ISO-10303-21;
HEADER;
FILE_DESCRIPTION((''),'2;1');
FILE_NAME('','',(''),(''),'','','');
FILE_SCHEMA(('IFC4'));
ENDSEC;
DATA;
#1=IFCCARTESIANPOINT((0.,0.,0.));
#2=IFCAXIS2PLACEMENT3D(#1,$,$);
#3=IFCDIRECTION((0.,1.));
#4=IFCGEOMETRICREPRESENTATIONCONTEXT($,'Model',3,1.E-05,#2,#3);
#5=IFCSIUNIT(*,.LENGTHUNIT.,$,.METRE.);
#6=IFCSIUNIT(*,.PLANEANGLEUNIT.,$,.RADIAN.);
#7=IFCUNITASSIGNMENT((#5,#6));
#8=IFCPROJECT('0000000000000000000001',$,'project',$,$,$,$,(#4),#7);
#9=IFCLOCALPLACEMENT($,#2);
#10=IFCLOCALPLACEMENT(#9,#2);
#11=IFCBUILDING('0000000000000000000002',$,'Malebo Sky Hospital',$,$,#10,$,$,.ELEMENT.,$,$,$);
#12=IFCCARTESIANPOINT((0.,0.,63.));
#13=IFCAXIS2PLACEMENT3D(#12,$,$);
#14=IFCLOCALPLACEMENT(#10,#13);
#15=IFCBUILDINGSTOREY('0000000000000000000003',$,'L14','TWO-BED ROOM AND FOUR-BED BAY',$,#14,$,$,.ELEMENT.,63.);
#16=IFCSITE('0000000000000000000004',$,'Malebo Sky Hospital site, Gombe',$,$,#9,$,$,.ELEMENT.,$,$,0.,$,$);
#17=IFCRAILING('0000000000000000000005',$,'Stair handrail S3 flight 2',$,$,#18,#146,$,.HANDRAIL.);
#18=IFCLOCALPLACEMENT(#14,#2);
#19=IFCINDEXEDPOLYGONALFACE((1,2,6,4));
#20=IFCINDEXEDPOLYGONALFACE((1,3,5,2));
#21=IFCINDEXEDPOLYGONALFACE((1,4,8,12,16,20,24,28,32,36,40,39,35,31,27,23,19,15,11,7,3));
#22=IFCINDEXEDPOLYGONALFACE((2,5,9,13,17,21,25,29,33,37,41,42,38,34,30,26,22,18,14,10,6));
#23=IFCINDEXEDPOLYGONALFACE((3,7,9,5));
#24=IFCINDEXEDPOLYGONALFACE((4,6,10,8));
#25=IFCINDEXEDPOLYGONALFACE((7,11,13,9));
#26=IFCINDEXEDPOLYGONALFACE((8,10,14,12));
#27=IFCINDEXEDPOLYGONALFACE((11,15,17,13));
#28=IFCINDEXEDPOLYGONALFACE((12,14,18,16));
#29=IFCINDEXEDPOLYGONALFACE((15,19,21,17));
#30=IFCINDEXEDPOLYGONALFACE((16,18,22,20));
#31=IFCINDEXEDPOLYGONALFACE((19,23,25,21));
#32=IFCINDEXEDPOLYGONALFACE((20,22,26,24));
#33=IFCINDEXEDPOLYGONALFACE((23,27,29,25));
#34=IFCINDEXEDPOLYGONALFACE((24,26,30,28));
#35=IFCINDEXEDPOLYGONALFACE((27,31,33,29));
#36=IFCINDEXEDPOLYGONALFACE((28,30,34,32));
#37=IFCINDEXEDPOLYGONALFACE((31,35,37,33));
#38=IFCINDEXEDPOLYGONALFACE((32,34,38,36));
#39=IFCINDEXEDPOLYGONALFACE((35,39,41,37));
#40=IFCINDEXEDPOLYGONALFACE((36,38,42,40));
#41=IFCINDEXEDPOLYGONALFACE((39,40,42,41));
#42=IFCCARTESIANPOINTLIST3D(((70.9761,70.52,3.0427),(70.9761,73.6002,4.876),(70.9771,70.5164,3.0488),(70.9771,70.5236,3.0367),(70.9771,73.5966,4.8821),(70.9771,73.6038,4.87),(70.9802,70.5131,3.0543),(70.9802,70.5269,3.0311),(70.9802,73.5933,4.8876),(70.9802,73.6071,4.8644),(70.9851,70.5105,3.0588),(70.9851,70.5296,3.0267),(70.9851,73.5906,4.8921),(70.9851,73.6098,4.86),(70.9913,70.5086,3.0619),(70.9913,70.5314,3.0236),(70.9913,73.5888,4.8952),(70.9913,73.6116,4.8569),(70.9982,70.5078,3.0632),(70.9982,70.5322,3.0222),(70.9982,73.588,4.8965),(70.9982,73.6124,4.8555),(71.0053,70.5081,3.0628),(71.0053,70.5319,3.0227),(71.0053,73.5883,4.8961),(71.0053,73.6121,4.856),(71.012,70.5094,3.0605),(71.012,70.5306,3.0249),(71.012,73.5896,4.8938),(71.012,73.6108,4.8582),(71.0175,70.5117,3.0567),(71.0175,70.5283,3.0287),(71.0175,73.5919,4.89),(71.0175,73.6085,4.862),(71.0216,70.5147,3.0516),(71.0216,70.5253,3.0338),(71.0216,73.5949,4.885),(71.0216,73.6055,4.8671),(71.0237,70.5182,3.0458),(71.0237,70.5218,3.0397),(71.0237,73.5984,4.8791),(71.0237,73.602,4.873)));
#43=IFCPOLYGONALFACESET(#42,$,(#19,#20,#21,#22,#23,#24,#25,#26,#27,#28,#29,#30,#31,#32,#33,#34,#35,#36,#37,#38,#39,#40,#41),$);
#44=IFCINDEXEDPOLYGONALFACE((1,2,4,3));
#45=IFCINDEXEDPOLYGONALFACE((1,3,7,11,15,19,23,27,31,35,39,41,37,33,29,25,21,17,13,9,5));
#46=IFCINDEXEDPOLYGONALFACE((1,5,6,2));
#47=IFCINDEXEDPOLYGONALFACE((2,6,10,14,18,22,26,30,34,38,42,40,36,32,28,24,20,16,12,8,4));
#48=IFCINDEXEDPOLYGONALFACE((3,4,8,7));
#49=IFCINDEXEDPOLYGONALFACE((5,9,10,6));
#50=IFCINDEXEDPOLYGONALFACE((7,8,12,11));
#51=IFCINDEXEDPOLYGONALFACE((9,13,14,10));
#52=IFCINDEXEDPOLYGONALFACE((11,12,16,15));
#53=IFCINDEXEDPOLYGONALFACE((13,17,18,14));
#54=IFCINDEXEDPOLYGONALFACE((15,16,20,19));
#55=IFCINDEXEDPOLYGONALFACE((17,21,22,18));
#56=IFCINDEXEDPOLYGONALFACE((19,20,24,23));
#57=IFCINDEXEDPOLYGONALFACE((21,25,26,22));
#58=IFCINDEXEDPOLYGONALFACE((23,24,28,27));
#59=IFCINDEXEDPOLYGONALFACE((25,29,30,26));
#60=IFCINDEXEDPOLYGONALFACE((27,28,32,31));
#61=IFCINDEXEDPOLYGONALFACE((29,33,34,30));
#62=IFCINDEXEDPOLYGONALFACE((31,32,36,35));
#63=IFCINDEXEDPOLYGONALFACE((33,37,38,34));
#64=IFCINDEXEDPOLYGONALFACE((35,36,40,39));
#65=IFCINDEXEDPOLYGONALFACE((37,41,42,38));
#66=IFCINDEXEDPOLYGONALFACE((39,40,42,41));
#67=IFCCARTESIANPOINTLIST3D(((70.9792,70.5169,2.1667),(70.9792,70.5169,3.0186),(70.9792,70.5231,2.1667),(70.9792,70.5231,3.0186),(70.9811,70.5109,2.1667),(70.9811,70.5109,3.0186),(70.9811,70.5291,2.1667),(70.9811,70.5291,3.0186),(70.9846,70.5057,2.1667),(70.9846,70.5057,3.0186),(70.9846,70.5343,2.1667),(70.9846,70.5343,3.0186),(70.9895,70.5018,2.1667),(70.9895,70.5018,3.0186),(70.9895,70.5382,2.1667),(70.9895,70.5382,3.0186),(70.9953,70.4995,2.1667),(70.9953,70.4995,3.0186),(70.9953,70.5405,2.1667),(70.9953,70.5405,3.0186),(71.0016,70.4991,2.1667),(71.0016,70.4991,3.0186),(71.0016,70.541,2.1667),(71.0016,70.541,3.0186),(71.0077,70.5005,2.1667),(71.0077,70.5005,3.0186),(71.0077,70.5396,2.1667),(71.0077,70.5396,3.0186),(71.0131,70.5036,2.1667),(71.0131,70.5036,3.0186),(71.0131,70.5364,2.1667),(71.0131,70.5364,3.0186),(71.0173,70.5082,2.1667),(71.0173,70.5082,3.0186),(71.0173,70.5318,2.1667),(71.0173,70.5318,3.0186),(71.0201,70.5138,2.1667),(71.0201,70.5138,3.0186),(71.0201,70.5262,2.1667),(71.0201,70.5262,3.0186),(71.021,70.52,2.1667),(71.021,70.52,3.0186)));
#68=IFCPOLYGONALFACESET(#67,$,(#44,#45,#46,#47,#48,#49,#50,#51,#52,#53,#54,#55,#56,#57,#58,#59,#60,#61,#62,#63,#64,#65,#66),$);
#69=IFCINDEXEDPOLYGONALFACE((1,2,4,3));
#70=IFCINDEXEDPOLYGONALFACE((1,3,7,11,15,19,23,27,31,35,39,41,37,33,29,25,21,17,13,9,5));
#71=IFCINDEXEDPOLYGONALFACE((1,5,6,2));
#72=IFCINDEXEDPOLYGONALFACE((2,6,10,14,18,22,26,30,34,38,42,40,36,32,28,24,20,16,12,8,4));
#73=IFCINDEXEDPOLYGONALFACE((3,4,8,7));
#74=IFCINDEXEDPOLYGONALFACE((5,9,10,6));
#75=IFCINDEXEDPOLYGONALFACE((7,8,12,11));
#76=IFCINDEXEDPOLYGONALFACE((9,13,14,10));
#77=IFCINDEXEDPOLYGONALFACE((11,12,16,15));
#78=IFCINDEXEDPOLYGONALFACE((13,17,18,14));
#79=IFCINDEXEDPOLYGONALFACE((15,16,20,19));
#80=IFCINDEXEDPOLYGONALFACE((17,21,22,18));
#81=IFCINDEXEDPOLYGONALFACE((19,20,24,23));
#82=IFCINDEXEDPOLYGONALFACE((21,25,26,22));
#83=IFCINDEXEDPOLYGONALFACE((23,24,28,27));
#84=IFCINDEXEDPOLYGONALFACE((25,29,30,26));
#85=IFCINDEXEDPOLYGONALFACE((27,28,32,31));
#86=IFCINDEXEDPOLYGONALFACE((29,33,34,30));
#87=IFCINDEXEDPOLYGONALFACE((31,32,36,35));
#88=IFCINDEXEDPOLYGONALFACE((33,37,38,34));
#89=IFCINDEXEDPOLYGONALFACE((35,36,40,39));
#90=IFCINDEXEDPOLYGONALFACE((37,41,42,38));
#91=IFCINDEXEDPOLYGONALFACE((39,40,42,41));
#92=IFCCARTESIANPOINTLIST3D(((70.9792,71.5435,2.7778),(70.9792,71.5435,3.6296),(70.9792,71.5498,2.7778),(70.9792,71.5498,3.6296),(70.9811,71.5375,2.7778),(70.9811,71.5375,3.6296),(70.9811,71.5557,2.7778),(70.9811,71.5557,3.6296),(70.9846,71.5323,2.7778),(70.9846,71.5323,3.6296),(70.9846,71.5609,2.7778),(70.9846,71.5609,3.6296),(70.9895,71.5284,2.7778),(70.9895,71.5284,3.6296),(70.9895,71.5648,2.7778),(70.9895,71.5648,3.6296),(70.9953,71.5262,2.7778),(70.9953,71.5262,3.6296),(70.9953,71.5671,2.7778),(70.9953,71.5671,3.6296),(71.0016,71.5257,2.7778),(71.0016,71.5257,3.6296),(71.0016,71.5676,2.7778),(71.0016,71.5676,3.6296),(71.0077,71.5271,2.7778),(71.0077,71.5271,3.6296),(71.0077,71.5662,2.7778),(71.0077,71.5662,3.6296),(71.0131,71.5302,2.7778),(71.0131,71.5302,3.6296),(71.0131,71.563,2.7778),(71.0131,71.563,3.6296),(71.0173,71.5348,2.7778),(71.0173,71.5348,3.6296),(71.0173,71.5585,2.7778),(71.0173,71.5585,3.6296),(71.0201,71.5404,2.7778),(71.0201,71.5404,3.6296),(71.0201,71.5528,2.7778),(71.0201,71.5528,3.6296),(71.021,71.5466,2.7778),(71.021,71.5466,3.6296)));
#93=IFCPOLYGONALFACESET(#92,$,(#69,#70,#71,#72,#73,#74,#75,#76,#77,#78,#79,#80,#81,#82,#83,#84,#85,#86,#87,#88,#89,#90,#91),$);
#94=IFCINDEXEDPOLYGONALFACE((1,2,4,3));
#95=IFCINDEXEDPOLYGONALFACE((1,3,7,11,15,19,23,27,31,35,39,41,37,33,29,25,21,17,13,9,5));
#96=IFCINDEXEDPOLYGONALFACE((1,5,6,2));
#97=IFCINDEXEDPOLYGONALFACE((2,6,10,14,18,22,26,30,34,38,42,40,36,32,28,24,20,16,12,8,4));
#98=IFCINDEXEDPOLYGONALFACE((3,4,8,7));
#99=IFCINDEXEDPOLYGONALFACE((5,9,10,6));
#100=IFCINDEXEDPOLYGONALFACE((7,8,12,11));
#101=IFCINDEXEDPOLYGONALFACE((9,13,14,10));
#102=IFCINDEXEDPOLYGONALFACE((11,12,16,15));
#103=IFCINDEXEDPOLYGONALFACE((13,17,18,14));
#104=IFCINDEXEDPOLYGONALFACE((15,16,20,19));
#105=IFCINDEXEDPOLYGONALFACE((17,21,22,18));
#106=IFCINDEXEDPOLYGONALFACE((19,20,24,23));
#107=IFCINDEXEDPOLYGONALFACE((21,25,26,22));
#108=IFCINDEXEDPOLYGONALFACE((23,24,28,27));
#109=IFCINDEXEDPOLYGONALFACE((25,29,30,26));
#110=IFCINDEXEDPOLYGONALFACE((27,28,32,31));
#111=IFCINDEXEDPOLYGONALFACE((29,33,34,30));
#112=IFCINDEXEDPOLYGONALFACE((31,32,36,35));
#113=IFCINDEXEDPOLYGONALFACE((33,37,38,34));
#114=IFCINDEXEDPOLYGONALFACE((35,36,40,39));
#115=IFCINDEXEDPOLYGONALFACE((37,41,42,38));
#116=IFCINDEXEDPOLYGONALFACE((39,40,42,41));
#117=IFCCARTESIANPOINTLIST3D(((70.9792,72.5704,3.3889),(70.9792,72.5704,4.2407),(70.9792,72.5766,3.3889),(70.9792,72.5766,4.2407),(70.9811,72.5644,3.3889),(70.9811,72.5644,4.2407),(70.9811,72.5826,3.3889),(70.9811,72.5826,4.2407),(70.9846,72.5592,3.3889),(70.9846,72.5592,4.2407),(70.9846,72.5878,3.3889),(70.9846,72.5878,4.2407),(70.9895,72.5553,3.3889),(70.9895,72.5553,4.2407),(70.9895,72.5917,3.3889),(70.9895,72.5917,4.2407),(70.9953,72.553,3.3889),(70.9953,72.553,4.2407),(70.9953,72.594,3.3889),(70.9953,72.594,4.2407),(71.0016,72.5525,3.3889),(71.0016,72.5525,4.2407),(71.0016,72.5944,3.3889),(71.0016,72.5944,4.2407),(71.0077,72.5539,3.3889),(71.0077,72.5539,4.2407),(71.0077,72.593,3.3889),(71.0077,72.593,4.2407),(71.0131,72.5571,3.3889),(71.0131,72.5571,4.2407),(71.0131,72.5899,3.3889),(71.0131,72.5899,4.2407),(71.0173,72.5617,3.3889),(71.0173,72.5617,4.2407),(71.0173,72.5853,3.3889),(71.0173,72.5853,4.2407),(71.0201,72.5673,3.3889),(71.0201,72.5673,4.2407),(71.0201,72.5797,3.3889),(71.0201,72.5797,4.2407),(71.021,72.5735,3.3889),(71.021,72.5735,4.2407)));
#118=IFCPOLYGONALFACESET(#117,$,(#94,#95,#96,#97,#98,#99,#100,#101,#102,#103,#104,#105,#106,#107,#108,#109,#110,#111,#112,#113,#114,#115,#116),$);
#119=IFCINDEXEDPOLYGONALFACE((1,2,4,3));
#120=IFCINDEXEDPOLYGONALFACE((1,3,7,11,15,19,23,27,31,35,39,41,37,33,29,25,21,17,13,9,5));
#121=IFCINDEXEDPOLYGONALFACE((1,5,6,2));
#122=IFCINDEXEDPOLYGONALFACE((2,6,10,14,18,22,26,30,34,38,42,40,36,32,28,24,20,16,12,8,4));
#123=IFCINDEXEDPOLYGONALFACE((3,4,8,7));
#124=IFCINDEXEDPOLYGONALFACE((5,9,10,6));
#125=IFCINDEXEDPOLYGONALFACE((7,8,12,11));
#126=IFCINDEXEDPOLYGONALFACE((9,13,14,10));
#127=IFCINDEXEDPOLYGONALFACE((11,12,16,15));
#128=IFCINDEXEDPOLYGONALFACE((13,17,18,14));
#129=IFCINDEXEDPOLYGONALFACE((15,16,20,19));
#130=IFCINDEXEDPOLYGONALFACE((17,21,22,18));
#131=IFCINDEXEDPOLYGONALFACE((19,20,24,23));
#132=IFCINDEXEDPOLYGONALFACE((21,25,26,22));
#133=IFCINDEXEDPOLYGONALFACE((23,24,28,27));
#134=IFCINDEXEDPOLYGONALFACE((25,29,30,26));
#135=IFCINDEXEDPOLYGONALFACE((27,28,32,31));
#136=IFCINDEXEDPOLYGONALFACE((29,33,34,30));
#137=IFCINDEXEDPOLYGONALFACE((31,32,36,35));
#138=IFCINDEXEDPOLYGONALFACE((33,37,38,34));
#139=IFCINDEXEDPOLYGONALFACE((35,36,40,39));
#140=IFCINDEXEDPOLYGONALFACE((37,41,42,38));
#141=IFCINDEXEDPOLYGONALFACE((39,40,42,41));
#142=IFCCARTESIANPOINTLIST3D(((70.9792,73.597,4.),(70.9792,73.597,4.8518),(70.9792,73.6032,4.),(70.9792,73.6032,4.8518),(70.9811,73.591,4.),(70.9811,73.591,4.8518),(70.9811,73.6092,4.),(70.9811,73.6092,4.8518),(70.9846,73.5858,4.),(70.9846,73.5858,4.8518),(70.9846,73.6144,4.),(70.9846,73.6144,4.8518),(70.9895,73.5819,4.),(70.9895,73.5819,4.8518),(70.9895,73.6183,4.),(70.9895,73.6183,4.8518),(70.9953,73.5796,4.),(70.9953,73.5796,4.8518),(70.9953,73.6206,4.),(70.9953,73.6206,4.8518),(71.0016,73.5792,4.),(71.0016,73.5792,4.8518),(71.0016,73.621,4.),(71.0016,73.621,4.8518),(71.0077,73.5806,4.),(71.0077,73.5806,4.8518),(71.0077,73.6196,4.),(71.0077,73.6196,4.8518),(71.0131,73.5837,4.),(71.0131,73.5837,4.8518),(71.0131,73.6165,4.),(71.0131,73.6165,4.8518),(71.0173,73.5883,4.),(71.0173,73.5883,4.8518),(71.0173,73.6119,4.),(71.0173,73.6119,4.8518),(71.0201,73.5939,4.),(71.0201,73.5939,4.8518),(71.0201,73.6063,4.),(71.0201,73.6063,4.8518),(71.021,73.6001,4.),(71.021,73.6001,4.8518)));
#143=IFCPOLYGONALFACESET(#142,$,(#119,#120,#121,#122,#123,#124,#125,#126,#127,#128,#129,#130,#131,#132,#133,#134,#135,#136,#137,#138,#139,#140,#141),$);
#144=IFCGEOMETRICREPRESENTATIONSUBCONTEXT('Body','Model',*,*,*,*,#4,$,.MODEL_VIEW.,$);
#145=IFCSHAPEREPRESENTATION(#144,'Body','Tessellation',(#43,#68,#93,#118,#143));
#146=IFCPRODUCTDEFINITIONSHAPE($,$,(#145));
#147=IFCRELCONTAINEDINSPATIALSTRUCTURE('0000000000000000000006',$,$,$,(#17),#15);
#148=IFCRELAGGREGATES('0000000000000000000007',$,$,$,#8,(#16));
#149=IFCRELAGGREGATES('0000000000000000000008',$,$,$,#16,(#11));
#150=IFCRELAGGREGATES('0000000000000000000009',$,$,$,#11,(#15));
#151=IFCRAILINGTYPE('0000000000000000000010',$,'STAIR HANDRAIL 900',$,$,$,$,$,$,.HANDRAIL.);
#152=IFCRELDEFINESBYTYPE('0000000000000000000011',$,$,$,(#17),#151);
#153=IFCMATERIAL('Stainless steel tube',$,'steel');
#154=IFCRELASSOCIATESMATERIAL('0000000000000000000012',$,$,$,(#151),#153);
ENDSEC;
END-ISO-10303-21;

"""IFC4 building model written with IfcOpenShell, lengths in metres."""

from ifc_helpers import new_model, si_unit, direction, frame, origin, origin_2d, place, context, subcontext, project, spatial, circle, extrude, material, type_object, element, save


model = new_model("IFC4")

# Units and contexts
model_context = context("Model", 3, precision=1e-05, world=origin(), true_north=direction((0.0, 1.0)))
body_context = subcontext(model_context, "Body", "Model", "MODEL_VIEW")
ifc_project = project(units=[si_unit("LENGTHUNIT", "METRE"), si_unit("PLANEANGLEUNIT", "RADIAN")], contexts=[model_context])

# Site, building, storey
site_placement = place(None, origin())
site = spatial("IfcSite", under=ifc_project, at=site_placement, Name="Malebo Sky Hospital site, Gombe", CompositionType="ELEMENT", RefElevation=0.0)
building_placement = place(site_placement, origin())
building = spatial("IfcBuilding", under=site, at=building_placement, Name="Malebo Sky Hospital", CompositionType="ELEMENT")
storey_placement = place(building_placement, frame((0.0, 0.0, 63.0)))
storey = spatial("IfcBuildingStorey", under=building, at=storey_placement, Name="L14", Description="TWO-BED ROOM AND FOUR-BED BAY", CompositionType="ELEMENT", Elevation=63.0)

# Railing
ifc_material_1 = material(Name="Stainless steel tube", Category="steel")
railing_type = type_object("IfcRailingType", Name="STAIR HANDRAIL 900", PredefinedType="HANDRAIL", material=ifc_material_1)
railing_1_placement = place(storey_placement, frame((71.0, 70.52, 2.1667)))
element("IfcRailing", 1, at=railing_1_placement, inside=storey, type_object=railing_type, Name="Stair handrail S3 flight 2", PredefinedType="HANDRAIL", context=body_context, shape_type="SweptSolid", body=[
    extrude(circle(Radius=0.0239, at=origin_2d()), frame((0.0, 0.0, 0.876), z_axis=(0.0, 0.859309, 0.511458), x_axis=(-1.0, 0.0, 0.0)), (0.0, 0.0, 1.0), 3.5845),
    extrude(circle(Radius=0.021, at=origin_2d()), origin(), (0.0, 0.0, 1.0), 0.8518),
    extrude(circle(Radius=0.021, at=origin_2d()), frame((0.0, 1.0266, 0.6111)), (0.0, 0.0, 1.0), 0.8518),
    extrude(circle(Radius=0.021, at=origin_2d()), frame((0.0, 2.0535, 1.2222)), (0.0, 0.0, 1.0), 0.8518),
    extrude(circle(Radius=0.021, at=origin_2d()), frame((0.0, 3.0801, 1.8333)), (0.0, 0.0, 1.0), 0.8518),
])

save(model, "model.ifc")
